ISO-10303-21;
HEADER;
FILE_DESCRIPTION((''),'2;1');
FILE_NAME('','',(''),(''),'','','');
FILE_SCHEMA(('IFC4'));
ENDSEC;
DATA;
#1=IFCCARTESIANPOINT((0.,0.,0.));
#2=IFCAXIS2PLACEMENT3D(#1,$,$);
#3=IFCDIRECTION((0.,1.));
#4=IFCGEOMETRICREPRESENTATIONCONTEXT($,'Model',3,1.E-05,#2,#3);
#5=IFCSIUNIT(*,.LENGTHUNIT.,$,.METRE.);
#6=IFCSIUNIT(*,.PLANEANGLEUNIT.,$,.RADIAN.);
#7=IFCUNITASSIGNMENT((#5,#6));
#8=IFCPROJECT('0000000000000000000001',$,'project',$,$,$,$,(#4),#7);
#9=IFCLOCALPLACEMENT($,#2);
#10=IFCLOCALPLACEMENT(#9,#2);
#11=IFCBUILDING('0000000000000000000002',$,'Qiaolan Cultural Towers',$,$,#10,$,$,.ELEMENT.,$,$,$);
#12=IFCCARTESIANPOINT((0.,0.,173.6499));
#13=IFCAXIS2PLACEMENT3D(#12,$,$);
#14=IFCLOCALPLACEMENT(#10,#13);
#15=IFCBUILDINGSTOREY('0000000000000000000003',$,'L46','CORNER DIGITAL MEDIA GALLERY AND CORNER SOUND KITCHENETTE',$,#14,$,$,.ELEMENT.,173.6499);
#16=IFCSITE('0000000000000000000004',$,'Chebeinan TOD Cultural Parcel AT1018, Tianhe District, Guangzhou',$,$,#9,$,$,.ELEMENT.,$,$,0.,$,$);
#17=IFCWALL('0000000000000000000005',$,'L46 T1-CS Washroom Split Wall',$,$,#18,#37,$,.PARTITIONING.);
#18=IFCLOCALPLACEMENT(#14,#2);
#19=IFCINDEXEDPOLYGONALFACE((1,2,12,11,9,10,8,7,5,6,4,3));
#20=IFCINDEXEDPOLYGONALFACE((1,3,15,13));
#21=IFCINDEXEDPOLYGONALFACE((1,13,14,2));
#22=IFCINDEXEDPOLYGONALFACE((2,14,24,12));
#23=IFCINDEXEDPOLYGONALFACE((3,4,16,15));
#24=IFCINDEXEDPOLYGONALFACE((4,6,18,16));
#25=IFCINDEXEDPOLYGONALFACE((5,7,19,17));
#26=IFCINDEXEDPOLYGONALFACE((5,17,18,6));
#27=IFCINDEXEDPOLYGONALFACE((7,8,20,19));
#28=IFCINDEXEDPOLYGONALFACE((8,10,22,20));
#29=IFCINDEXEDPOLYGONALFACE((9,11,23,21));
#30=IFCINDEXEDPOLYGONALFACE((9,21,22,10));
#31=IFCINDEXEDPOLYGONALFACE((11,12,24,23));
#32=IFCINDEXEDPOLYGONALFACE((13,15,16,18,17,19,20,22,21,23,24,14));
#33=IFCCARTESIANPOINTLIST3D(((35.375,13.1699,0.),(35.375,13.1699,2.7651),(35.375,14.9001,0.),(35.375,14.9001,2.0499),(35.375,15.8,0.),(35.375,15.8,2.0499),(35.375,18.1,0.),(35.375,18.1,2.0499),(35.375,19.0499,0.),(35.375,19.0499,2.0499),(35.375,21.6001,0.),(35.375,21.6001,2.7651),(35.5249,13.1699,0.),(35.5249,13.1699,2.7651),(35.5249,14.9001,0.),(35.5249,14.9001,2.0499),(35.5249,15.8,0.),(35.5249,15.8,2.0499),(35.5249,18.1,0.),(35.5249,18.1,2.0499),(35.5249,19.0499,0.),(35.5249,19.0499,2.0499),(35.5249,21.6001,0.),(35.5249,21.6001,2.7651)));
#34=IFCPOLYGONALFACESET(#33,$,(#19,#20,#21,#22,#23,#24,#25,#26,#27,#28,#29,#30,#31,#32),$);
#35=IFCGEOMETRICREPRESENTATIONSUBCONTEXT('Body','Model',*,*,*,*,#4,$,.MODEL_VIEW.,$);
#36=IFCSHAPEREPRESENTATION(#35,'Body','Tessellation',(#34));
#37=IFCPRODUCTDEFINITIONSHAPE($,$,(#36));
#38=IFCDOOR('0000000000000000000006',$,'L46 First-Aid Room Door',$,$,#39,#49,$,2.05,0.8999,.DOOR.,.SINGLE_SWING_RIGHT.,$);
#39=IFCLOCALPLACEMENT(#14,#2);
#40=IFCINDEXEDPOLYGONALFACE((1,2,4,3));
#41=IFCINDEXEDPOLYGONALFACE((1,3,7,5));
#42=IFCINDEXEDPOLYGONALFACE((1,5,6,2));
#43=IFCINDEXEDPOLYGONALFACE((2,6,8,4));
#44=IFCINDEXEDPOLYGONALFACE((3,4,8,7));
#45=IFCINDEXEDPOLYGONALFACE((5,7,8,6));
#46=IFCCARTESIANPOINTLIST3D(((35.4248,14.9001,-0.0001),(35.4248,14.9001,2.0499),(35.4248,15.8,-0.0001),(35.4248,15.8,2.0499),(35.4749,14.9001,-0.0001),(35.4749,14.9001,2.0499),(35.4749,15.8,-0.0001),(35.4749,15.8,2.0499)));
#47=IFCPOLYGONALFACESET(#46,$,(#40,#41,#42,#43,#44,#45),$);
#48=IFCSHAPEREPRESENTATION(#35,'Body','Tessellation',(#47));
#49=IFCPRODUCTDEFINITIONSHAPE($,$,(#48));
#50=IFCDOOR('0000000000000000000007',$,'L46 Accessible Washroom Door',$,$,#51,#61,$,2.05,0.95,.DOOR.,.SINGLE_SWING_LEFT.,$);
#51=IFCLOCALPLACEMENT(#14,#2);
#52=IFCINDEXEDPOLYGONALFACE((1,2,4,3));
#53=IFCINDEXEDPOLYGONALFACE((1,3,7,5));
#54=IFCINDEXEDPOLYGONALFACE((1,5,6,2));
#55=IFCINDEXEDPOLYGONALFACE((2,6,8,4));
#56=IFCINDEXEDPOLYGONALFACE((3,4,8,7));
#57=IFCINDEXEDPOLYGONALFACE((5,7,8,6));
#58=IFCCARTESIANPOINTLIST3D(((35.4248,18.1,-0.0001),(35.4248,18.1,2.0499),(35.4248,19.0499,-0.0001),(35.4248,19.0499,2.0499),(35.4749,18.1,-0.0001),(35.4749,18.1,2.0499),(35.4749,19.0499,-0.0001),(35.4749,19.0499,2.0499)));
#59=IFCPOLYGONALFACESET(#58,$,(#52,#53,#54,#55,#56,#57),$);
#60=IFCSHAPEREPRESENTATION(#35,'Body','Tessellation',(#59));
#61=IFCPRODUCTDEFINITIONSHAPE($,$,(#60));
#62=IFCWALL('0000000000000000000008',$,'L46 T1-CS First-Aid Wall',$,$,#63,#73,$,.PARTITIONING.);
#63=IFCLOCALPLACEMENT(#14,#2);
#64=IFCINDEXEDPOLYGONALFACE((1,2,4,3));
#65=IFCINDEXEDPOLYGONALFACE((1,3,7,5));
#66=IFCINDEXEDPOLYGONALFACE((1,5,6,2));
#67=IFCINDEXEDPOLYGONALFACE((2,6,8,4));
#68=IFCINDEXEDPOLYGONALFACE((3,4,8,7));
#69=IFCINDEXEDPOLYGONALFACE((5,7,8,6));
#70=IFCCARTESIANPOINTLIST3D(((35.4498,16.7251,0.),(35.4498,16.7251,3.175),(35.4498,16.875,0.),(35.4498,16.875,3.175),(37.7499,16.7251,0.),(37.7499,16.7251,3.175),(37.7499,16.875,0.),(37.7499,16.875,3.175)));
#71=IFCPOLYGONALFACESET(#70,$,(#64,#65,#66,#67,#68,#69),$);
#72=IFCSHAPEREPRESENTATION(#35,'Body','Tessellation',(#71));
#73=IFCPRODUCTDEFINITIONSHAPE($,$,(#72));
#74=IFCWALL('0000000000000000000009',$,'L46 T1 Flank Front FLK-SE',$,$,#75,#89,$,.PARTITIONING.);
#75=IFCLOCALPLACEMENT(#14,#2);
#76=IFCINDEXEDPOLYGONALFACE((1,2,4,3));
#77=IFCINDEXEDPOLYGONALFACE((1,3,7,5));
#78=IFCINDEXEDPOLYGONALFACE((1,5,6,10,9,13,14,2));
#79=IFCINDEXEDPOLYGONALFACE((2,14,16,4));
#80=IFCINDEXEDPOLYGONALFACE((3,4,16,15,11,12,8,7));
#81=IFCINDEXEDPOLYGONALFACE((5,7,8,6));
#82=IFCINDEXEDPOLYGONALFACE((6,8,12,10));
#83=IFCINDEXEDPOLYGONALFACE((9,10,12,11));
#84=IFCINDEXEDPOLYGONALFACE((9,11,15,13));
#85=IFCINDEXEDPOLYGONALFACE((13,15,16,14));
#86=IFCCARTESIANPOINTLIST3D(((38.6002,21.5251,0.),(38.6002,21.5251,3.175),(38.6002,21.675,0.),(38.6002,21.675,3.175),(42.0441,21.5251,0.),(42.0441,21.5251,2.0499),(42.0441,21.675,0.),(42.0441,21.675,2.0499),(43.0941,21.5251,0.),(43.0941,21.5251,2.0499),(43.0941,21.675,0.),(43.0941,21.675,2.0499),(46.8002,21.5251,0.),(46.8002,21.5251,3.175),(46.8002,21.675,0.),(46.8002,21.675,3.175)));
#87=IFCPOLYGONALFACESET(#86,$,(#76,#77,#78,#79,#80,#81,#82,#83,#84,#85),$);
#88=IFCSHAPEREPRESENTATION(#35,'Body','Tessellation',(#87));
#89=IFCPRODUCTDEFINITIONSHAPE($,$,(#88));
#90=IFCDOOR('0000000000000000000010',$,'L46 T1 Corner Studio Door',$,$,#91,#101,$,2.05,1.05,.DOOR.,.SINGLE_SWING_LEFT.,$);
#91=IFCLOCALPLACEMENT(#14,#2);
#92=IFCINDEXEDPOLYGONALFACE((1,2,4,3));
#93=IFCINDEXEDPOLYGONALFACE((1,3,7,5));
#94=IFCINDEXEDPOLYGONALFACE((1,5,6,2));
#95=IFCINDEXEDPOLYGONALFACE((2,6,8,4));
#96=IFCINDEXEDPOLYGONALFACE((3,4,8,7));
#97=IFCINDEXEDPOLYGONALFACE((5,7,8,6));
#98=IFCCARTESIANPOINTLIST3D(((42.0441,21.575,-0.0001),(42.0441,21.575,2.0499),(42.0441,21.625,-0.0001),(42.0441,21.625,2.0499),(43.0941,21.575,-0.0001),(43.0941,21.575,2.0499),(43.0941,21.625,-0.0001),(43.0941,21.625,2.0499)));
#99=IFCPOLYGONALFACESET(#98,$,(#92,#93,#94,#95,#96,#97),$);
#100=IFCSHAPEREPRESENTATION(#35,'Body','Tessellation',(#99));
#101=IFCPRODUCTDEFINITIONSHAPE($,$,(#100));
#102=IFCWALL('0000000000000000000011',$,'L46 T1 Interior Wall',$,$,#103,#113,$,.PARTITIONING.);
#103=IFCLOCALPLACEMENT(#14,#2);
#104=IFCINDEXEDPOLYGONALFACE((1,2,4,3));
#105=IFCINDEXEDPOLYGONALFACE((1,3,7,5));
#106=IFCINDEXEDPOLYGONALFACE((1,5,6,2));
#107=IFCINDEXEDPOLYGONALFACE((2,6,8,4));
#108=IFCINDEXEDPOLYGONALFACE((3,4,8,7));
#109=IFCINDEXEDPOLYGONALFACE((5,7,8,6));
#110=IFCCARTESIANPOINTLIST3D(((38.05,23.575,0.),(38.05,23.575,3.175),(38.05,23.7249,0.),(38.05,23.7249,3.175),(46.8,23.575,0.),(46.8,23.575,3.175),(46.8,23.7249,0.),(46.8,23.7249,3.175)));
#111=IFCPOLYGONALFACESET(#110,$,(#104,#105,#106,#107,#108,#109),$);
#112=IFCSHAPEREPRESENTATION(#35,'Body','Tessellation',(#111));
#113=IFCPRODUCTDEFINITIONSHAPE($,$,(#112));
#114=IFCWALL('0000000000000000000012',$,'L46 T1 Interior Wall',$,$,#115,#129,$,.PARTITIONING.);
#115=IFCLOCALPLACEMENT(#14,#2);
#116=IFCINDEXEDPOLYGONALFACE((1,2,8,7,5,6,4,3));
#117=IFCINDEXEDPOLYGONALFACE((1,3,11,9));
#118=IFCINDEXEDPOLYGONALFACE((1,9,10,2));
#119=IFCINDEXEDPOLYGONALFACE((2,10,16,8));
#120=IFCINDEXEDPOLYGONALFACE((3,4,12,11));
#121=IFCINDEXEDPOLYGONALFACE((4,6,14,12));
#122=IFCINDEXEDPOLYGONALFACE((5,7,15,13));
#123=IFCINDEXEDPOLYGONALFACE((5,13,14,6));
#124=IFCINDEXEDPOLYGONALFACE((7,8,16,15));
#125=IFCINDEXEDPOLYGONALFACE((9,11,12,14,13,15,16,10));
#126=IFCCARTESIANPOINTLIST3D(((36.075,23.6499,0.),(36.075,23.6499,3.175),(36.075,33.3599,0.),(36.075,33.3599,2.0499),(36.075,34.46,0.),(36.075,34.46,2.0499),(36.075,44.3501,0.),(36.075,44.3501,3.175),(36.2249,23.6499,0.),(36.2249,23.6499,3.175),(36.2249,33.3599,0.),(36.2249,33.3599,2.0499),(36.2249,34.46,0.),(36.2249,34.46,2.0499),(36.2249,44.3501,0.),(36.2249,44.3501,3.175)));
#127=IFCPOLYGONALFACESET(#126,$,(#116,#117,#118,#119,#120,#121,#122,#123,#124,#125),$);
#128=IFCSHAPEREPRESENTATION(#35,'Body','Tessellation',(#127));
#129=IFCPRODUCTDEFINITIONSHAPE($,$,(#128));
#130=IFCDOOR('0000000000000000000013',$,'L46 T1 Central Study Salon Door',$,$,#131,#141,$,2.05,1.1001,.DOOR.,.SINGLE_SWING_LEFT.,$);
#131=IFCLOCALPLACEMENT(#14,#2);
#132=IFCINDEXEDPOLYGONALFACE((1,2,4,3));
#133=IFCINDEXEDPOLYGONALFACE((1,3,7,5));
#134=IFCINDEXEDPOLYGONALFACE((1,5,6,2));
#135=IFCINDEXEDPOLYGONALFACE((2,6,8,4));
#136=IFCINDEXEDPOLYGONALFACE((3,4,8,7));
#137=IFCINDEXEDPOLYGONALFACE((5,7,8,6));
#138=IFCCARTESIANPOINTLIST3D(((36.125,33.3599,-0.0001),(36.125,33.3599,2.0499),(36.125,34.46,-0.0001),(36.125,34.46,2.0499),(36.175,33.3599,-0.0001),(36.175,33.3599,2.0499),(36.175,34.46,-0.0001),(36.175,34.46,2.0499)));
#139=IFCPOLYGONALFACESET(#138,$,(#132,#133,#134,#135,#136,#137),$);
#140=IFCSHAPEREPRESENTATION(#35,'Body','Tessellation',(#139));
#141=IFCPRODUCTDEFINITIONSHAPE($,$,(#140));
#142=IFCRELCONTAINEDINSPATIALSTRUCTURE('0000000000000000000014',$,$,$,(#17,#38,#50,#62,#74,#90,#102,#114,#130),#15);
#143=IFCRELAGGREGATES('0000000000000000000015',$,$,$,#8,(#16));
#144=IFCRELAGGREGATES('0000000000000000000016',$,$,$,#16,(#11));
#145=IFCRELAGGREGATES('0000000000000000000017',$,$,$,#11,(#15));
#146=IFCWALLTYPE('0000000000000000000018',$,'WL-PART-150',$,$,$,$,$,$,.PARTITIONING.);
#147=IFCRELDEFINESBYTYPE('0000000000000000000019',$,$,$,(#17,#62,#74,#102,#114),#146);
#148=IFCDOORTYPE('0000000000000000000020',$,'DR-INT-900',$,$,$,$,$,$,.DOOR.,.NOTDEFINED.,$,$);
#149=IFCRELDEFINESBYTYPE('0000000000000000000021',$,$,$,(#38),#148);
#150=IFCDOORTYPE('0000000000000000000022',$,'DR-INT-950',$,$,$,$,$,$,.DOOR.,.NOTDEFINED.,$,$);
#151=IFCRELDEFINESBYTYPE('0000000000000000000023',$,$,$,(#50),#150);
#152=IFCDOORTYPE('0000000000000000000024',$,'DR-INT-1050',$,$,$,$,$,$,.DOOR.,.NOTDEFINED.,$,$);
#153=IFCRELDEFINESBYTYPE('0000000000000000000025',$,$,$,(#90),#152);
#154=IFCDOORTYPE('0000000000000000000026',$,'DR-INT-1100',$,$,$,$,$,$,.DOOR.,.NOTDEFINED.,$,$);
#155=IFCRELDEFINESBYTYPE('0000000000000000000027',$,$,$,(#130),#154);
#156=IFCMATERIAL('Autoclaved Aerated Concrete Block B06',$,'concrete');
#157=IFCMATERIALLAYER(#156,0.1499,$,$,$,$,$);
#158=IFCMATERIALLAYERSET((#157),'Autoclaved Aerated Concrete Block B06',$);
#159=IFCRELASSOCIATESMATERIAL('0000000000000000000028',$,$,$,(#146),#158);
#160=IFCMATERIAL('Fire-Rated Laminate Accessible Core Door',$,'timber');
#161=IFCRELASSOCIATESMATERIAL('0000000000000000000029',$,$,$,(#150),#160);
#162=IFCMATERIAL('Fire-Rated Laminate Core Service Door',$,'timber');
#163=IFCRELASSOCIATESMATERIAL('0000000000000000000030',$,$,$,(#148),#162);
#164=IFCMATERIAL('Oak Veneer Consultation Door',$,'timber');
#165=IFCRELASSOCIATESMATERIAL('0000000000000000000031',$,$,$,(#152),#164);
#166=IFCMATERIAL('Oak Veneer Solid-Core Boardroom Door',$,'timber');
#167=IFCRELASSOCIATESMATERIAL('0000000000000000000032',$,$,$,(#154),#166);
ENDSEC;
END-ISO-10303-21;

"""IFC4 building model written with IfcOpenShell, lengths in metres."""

from ifc_helpers import new_model, si_unit, direction, frame, frame_2d, origin, place, context, subcontext, project, spatial, rectangle, extrude, material, layer, layer_set, type_object, element, fill, save


model = new_model("IFC4")

# Units and contexts
model_context = context("Model", 3, precision=1e-05, world=origin(), true_north=direction((0.0, 1.0)))
body_context = subcontext(model_context, "Body", "Model", "MODEL_VIEW")
ifc_project = project(units=[si_unit("LENGTHUNIT", "METRE"), si_unit("PLANEANGLEUNIT", "RADIAN")], contexts=[model_context])

# Site, building, storey
site_placement = place(None, origin())
site = spatial("IfcSite", under=ifc_project, at=site_placement, Name="Chebeinan TOD Cultural Parcel AT1018, Tianhe District, Guangzhou", CompositionType="ELEMENT", RefElevation=0.0)
building_placement = place(site_placement, origin())
building = spatial("IfcBuilding", under=site, at=building_placement, Name="Qiaolan Cultural Towers", CompositionType="ELEMENT")
storey_placement = place(building_placement, frame((0.0, 0.0, 173.6499)))
storey = spatial("IfcBuildingStorey", under=building, at=storey_placement, Name="L46", Description="CORNER DIGITAL MEDIA GALLERY AND CORNER SOUND KITCHENETTE", CompositionType="ELEMENT", Elevation=173.6499)

# Shared definitions
ifc_material_1 = material(Name="Autoclaved Aerated Concrete Block B06", Category="concrete")
ifc_layer_1 = layer(ifc_material_1, 0.1499)
ifc_layer_set_1 = layer_set([ifc_layer_1], Name="Autoclaved Aerated Concrete Block B06")
wall_type_1 = type_object("IfcWallType", Name="WL-PART-150", PredefinedType="PARTITIONING", material=ifc_layer_set_1)
ifc_material_2 = material(Name="Fire-Rated Laminate Accessible Core Door", Category="timber")
door_type_1 = type_object("IfcDoorType", Name="DR-INT-950", OperationType="NOTDEFINED", PredefinedType="DOOR", material=ifc_material_2)

# Wall, openings, doors
wall_1_placement = place(storey_placement, frame((35.45, 21.6001, 0.0), z_axis=(0.0, 0.0, 1.0), x_axis=(0.0, -1.0, 0.0)))
wall_1 = element("IfcWall", 1, at=wall_1_placement, inside=storey, type_object=wall_type_1, Name="L46 T1-CS Washroom Split Wall", PredefinedType="PARTITIONING", context=body_context, shape_type="SweptSolid", body=[
    extrude(rectangle(XDim=8.4302, YDim=0.1499, at=frame_2d((4.2151, 0.0))), origin(), (0.0, 0.0, 1.0), 2.7651),
])
opening_1_placement = place(wall_1_placement, frame((2.55, 0.0, 0.0)))
opening_1 = element("IfcOpeningElement", 2, at=opening_1_placement, cuts=wall_1, PredefinedType="OPENING", context=body_context, shape_type="SweptSolid", body=[
    extrude(rectangle(XDim=0.95, YDim=2.05, at=frame_2d((0.4751, 1.0249))), frame((0.0, 0.085, 0.0), z_axis=(0.0, -1.0, 0.0), x_axis=(1.0, 0.0, 0.0)), (0.0, 0.0, 1.0), 0.1699),
])
opening_2_placement = place(wall_1_placement, frame((5.8, 0.0, 0.0)))
opening_2 = element("IfcOpeningElement", 3, at=opening_2_placement, cuts=wall_1, PredefinedType="OPENING", context=body_context, shape_type="SweptSolid", body=[
    extrude(rectangle(XDim=0.8999, YDim=2.05, at=frame_2d((0.45, 1.0249))), frame((0.0, 0.085, 0.0), z_axis=(0.0, -1.0, 0.0), x_axis=(1.0, 0.0, 0.0)), (0.0, 0.0, 1.0), 0.1699),
])
ifc_material_3 = material(Name="Fire-Rated Laminate Core Service Door", Category="timber")
door_type_2 = type_object("IfcDoorType", Name="DR-INT-900", OperationType="NOTDEFINED", PredefinedType="DOOR", material=ifc_material_3)
door_1_placement = place(opening_2_placement, origin())
door_1 = element("IfcDoor", 4, at=door_1_placement, inside=storey, type_object=door_type_2, Name="L46 First-Aid Room Door", OperationType="SINGLE_SWING_RIGHT", OverallHeight=2.05, OverallWidth=0.8999, PredefinedType="DOOR", context=body_context, shape_type="SweptSolid", body=[
    extrude(rectangle(XDim=0.8999, YDim=2.05, at=frame_2d((0.45, 1.0249))), frame((0.0, 0.0249, 0.0), z_axis=(0.0, -1.0, 0.0), x_axis=(1.0, 0.0, 0.0)), (0.0, 0.0, 1.0), 0.05),
])
fill(opening_2, door_1)
door_2_placement = place(opening_1_placement, origin())
door_2 = element("IfcDoor", 5, at=door_2_placement, inside=storey, type_object=door_type_1, Name="L46 Accessible Washroom Door", OperationType="SINGLE_SWING_LEFT", OverallHeight=2.05, OverallWidth=0.95, PredefinedType="DOOR", context=body_context, shape_type="SweptSolid", body=[
    extrude(rectangle(XDim=0.95, YDim=2.05, at=frame_2d((0.4751, 1.0249))), frame((0.0, 0.0249, 0.0), z_axis=(0.0, -1.0, 0.0), x_axis=(1.0, 0.0, 0.0)), (0.0, 0.0, 1.0), 0.05),
])
fill(opening_1, door_2)

# Wall
wall_2_placement = place(storey_placement, frame((35.45, 16.8, 0.0), z_axis=(0.0, 0.0, 1.0), x_axis=(1.0, 0.0, 0.0)))
element("IfcWall", 6, at=wall_2_placement, inside=storey, type_object=wall_type_1, Name="L46 T1-CS First-Aid Wall", PredefinedType="PARTITIONING", context=body_context, shape_type="SweptSolid", body=[
    extrude(rectangle(XDim=2.3, YDim=0.1499, at=frame_2d((1.1499, 0.0))), origin(), (0.0, 0.0, 1.0), 3.175),
])

# Wall, opening, door
wall_3_placement = place(storey_placement, frame((38.6001, 21.6001, 0.0), z_axis=(0.0, 0.0, 1.0), x_axis=(1.0, 0.0, 0.0)))
wall_3 = element("IfcWall", 7, at=wall_3_placement, inside=storey, type_object=wall_type_1, Name="L46 T1 Flank Front FLK-SE", PredefinedType="PARTITIONING", context=body_context, shape_type="SweptSolid", body=[
    extrude(rectangle(XDim=8.2, YDim=0.1499, at=frame_2d((4.1001, 0.0))), origin(), (0.0, 0.0, 1.0), 3.175),
])
opening_3_placement = place(wall_3_placement, frame((3.4441, 0.0, 0.0)))
opening_3 = element("IfcOpeningElement", 8, at=opening_3_placement, cuts=wall_3, PredefinedType="OPENING", context=body_context, shape_type="SweptSolid", body=[
    extrude(rectangle(XDim=1.05, YDim=2.05, at=frame_2d((0.5249, 1.0249))), frame((0.0, 0.085, 0.0), z_axis=(0.0, -1.0, 0.0), x_axis=(1.0, 0.0, 0.0)), (0.0, 0.0, 1.0), 0.1699),
])
ifc_material_4 = material(Name="Oak Veneer Consultation Door", Category="timber")
door_type_3 = type_object("IfcDoorType", Name="DR-INT-1050", OperationType="NOTDEFINED", PredefinedType="DOOR", material=ifc_material_4)
door_3_placement = place(opening_3_placement, origin())
door_3 = element("IfcDoor", 9, at=door_3_placement, inside=storey, type_object=door_type_3, Name="L46 T1 Corner Studio Door", OperationType="SINGLE_SWING_LEFT", OverallHeight=2.05, OverallWidth=1.05, PredefinedType="DOOR", context=body_context, shape_type="SweptSolid", body=[
    extrude(rectangle(XDim=1.05, YDim=2.05, at=frame_2d((0.5249, 1.0249))), frame((0.0, 0.0249, 0.0), z_axis=(0.0, -1.0, 0.0), x_axis=(1.0, 0.0, 0.0)), (0.0, 0.0, 1.0), 0.05),
])
fill(opening_3, door_3)

# Wall
wall_4_placement = place(storey_placement, frame((38.05, 23.6499, 0.0), z_axis=(0.0, 0.0, 1.0), x_axis=(1.0, 0.0, 0.0)))
element("IfcWall", 10, at=wall_4_placement, inside=storey, type_object=wall_type_1, Name="L46 T1 Interior Wall", PredefinedType="PARTITIONING", context=body_context, shape_type="SweptSolid", body=[
    extrude(rectangle(XDim=8.75, YDim=0.1499, at=frame_2d((4.375, 0.0))), origin(), (0.0, 0.0, 1.0), 3.175),
])

# Wall, opening, door
wall_5_placement = place(storey_placement, frame((36.1499, 23.6499, 0.0), z_axis=(0.0, 0.0, 1.0), x_axis=(0.0, 1.0, 0.0)))
wall_5 = element("IfcWall", 11, at=wall_5_placement, inside=storey, type_object=wall_type_1, Name="L46 T1 Interior Wall", PredefinedType="PARTITIONING", context=body_context, shape_type="SweptSolid", body=[
    extrude(rectangle(XDim=20.7002, YDim=0.1499, at=frame_2d((10.3501, 0.0))), origin(), (0.0, 0.0, 1.0), 3.175),
])
opening_4_placement = place(wall_5_placement, frame((9.71, 0.0, 0.0)))
opening_4 = element("IfcOpeningElement", 12, at=opening_4_placement, cuts=wall_5, PredefinedType="OPENING", context=body_context, shape_type="SweptSolid", body=[
    extrude(rectangle(XDim=1.1001, YDim=2.05, at=frame_2d((0.55, 1.0249))), frame((0.0, 0.085, 0.0), z_axis=(0.0, -1.0, 0.0), x_axis=(1.0, 0.0, 0.0)), (0.0, 0.0, 1.0), 0.1699),
])
ifc_material_5 = material(Name="Oak Veneer Solid-Core Boardroom Door", Category="timber")
door_type_4 = type_object("IfcDoorType", Name="DR-INT-1100", OperationType="NOTDEFINED", PredefinedType="DOOR", material=ifc_material_5)
door_4_placement = place(opening_4_placement, origin())
door_4 = element("IfcDoor", 13, at=door_4_placement, inside=storey, type_object=door_type_4, Name="L46 T1 Central Study Salon Door", OperationType="SINGLE_SWING_LEFT", OverallHeight=2.05, OverallWidth=1.1001, PredefinedType="DOOR", context=body_context, shape_type="SweptSolid", body=[
    extrude(rectangle(XDim=1.1001, YDim=2.05, at=frame_2d((0.55, 1.0249))), frame((0.0, 0.0249, 0.0), z_axis=(0.0, -1.0, 0.0), x_axis=(1.0, 0.0, 0.0)), (0.0, 0.0, 1.0), 0.05),
])
fill(opening_4, door_4)

save(model, "model.ifc")
